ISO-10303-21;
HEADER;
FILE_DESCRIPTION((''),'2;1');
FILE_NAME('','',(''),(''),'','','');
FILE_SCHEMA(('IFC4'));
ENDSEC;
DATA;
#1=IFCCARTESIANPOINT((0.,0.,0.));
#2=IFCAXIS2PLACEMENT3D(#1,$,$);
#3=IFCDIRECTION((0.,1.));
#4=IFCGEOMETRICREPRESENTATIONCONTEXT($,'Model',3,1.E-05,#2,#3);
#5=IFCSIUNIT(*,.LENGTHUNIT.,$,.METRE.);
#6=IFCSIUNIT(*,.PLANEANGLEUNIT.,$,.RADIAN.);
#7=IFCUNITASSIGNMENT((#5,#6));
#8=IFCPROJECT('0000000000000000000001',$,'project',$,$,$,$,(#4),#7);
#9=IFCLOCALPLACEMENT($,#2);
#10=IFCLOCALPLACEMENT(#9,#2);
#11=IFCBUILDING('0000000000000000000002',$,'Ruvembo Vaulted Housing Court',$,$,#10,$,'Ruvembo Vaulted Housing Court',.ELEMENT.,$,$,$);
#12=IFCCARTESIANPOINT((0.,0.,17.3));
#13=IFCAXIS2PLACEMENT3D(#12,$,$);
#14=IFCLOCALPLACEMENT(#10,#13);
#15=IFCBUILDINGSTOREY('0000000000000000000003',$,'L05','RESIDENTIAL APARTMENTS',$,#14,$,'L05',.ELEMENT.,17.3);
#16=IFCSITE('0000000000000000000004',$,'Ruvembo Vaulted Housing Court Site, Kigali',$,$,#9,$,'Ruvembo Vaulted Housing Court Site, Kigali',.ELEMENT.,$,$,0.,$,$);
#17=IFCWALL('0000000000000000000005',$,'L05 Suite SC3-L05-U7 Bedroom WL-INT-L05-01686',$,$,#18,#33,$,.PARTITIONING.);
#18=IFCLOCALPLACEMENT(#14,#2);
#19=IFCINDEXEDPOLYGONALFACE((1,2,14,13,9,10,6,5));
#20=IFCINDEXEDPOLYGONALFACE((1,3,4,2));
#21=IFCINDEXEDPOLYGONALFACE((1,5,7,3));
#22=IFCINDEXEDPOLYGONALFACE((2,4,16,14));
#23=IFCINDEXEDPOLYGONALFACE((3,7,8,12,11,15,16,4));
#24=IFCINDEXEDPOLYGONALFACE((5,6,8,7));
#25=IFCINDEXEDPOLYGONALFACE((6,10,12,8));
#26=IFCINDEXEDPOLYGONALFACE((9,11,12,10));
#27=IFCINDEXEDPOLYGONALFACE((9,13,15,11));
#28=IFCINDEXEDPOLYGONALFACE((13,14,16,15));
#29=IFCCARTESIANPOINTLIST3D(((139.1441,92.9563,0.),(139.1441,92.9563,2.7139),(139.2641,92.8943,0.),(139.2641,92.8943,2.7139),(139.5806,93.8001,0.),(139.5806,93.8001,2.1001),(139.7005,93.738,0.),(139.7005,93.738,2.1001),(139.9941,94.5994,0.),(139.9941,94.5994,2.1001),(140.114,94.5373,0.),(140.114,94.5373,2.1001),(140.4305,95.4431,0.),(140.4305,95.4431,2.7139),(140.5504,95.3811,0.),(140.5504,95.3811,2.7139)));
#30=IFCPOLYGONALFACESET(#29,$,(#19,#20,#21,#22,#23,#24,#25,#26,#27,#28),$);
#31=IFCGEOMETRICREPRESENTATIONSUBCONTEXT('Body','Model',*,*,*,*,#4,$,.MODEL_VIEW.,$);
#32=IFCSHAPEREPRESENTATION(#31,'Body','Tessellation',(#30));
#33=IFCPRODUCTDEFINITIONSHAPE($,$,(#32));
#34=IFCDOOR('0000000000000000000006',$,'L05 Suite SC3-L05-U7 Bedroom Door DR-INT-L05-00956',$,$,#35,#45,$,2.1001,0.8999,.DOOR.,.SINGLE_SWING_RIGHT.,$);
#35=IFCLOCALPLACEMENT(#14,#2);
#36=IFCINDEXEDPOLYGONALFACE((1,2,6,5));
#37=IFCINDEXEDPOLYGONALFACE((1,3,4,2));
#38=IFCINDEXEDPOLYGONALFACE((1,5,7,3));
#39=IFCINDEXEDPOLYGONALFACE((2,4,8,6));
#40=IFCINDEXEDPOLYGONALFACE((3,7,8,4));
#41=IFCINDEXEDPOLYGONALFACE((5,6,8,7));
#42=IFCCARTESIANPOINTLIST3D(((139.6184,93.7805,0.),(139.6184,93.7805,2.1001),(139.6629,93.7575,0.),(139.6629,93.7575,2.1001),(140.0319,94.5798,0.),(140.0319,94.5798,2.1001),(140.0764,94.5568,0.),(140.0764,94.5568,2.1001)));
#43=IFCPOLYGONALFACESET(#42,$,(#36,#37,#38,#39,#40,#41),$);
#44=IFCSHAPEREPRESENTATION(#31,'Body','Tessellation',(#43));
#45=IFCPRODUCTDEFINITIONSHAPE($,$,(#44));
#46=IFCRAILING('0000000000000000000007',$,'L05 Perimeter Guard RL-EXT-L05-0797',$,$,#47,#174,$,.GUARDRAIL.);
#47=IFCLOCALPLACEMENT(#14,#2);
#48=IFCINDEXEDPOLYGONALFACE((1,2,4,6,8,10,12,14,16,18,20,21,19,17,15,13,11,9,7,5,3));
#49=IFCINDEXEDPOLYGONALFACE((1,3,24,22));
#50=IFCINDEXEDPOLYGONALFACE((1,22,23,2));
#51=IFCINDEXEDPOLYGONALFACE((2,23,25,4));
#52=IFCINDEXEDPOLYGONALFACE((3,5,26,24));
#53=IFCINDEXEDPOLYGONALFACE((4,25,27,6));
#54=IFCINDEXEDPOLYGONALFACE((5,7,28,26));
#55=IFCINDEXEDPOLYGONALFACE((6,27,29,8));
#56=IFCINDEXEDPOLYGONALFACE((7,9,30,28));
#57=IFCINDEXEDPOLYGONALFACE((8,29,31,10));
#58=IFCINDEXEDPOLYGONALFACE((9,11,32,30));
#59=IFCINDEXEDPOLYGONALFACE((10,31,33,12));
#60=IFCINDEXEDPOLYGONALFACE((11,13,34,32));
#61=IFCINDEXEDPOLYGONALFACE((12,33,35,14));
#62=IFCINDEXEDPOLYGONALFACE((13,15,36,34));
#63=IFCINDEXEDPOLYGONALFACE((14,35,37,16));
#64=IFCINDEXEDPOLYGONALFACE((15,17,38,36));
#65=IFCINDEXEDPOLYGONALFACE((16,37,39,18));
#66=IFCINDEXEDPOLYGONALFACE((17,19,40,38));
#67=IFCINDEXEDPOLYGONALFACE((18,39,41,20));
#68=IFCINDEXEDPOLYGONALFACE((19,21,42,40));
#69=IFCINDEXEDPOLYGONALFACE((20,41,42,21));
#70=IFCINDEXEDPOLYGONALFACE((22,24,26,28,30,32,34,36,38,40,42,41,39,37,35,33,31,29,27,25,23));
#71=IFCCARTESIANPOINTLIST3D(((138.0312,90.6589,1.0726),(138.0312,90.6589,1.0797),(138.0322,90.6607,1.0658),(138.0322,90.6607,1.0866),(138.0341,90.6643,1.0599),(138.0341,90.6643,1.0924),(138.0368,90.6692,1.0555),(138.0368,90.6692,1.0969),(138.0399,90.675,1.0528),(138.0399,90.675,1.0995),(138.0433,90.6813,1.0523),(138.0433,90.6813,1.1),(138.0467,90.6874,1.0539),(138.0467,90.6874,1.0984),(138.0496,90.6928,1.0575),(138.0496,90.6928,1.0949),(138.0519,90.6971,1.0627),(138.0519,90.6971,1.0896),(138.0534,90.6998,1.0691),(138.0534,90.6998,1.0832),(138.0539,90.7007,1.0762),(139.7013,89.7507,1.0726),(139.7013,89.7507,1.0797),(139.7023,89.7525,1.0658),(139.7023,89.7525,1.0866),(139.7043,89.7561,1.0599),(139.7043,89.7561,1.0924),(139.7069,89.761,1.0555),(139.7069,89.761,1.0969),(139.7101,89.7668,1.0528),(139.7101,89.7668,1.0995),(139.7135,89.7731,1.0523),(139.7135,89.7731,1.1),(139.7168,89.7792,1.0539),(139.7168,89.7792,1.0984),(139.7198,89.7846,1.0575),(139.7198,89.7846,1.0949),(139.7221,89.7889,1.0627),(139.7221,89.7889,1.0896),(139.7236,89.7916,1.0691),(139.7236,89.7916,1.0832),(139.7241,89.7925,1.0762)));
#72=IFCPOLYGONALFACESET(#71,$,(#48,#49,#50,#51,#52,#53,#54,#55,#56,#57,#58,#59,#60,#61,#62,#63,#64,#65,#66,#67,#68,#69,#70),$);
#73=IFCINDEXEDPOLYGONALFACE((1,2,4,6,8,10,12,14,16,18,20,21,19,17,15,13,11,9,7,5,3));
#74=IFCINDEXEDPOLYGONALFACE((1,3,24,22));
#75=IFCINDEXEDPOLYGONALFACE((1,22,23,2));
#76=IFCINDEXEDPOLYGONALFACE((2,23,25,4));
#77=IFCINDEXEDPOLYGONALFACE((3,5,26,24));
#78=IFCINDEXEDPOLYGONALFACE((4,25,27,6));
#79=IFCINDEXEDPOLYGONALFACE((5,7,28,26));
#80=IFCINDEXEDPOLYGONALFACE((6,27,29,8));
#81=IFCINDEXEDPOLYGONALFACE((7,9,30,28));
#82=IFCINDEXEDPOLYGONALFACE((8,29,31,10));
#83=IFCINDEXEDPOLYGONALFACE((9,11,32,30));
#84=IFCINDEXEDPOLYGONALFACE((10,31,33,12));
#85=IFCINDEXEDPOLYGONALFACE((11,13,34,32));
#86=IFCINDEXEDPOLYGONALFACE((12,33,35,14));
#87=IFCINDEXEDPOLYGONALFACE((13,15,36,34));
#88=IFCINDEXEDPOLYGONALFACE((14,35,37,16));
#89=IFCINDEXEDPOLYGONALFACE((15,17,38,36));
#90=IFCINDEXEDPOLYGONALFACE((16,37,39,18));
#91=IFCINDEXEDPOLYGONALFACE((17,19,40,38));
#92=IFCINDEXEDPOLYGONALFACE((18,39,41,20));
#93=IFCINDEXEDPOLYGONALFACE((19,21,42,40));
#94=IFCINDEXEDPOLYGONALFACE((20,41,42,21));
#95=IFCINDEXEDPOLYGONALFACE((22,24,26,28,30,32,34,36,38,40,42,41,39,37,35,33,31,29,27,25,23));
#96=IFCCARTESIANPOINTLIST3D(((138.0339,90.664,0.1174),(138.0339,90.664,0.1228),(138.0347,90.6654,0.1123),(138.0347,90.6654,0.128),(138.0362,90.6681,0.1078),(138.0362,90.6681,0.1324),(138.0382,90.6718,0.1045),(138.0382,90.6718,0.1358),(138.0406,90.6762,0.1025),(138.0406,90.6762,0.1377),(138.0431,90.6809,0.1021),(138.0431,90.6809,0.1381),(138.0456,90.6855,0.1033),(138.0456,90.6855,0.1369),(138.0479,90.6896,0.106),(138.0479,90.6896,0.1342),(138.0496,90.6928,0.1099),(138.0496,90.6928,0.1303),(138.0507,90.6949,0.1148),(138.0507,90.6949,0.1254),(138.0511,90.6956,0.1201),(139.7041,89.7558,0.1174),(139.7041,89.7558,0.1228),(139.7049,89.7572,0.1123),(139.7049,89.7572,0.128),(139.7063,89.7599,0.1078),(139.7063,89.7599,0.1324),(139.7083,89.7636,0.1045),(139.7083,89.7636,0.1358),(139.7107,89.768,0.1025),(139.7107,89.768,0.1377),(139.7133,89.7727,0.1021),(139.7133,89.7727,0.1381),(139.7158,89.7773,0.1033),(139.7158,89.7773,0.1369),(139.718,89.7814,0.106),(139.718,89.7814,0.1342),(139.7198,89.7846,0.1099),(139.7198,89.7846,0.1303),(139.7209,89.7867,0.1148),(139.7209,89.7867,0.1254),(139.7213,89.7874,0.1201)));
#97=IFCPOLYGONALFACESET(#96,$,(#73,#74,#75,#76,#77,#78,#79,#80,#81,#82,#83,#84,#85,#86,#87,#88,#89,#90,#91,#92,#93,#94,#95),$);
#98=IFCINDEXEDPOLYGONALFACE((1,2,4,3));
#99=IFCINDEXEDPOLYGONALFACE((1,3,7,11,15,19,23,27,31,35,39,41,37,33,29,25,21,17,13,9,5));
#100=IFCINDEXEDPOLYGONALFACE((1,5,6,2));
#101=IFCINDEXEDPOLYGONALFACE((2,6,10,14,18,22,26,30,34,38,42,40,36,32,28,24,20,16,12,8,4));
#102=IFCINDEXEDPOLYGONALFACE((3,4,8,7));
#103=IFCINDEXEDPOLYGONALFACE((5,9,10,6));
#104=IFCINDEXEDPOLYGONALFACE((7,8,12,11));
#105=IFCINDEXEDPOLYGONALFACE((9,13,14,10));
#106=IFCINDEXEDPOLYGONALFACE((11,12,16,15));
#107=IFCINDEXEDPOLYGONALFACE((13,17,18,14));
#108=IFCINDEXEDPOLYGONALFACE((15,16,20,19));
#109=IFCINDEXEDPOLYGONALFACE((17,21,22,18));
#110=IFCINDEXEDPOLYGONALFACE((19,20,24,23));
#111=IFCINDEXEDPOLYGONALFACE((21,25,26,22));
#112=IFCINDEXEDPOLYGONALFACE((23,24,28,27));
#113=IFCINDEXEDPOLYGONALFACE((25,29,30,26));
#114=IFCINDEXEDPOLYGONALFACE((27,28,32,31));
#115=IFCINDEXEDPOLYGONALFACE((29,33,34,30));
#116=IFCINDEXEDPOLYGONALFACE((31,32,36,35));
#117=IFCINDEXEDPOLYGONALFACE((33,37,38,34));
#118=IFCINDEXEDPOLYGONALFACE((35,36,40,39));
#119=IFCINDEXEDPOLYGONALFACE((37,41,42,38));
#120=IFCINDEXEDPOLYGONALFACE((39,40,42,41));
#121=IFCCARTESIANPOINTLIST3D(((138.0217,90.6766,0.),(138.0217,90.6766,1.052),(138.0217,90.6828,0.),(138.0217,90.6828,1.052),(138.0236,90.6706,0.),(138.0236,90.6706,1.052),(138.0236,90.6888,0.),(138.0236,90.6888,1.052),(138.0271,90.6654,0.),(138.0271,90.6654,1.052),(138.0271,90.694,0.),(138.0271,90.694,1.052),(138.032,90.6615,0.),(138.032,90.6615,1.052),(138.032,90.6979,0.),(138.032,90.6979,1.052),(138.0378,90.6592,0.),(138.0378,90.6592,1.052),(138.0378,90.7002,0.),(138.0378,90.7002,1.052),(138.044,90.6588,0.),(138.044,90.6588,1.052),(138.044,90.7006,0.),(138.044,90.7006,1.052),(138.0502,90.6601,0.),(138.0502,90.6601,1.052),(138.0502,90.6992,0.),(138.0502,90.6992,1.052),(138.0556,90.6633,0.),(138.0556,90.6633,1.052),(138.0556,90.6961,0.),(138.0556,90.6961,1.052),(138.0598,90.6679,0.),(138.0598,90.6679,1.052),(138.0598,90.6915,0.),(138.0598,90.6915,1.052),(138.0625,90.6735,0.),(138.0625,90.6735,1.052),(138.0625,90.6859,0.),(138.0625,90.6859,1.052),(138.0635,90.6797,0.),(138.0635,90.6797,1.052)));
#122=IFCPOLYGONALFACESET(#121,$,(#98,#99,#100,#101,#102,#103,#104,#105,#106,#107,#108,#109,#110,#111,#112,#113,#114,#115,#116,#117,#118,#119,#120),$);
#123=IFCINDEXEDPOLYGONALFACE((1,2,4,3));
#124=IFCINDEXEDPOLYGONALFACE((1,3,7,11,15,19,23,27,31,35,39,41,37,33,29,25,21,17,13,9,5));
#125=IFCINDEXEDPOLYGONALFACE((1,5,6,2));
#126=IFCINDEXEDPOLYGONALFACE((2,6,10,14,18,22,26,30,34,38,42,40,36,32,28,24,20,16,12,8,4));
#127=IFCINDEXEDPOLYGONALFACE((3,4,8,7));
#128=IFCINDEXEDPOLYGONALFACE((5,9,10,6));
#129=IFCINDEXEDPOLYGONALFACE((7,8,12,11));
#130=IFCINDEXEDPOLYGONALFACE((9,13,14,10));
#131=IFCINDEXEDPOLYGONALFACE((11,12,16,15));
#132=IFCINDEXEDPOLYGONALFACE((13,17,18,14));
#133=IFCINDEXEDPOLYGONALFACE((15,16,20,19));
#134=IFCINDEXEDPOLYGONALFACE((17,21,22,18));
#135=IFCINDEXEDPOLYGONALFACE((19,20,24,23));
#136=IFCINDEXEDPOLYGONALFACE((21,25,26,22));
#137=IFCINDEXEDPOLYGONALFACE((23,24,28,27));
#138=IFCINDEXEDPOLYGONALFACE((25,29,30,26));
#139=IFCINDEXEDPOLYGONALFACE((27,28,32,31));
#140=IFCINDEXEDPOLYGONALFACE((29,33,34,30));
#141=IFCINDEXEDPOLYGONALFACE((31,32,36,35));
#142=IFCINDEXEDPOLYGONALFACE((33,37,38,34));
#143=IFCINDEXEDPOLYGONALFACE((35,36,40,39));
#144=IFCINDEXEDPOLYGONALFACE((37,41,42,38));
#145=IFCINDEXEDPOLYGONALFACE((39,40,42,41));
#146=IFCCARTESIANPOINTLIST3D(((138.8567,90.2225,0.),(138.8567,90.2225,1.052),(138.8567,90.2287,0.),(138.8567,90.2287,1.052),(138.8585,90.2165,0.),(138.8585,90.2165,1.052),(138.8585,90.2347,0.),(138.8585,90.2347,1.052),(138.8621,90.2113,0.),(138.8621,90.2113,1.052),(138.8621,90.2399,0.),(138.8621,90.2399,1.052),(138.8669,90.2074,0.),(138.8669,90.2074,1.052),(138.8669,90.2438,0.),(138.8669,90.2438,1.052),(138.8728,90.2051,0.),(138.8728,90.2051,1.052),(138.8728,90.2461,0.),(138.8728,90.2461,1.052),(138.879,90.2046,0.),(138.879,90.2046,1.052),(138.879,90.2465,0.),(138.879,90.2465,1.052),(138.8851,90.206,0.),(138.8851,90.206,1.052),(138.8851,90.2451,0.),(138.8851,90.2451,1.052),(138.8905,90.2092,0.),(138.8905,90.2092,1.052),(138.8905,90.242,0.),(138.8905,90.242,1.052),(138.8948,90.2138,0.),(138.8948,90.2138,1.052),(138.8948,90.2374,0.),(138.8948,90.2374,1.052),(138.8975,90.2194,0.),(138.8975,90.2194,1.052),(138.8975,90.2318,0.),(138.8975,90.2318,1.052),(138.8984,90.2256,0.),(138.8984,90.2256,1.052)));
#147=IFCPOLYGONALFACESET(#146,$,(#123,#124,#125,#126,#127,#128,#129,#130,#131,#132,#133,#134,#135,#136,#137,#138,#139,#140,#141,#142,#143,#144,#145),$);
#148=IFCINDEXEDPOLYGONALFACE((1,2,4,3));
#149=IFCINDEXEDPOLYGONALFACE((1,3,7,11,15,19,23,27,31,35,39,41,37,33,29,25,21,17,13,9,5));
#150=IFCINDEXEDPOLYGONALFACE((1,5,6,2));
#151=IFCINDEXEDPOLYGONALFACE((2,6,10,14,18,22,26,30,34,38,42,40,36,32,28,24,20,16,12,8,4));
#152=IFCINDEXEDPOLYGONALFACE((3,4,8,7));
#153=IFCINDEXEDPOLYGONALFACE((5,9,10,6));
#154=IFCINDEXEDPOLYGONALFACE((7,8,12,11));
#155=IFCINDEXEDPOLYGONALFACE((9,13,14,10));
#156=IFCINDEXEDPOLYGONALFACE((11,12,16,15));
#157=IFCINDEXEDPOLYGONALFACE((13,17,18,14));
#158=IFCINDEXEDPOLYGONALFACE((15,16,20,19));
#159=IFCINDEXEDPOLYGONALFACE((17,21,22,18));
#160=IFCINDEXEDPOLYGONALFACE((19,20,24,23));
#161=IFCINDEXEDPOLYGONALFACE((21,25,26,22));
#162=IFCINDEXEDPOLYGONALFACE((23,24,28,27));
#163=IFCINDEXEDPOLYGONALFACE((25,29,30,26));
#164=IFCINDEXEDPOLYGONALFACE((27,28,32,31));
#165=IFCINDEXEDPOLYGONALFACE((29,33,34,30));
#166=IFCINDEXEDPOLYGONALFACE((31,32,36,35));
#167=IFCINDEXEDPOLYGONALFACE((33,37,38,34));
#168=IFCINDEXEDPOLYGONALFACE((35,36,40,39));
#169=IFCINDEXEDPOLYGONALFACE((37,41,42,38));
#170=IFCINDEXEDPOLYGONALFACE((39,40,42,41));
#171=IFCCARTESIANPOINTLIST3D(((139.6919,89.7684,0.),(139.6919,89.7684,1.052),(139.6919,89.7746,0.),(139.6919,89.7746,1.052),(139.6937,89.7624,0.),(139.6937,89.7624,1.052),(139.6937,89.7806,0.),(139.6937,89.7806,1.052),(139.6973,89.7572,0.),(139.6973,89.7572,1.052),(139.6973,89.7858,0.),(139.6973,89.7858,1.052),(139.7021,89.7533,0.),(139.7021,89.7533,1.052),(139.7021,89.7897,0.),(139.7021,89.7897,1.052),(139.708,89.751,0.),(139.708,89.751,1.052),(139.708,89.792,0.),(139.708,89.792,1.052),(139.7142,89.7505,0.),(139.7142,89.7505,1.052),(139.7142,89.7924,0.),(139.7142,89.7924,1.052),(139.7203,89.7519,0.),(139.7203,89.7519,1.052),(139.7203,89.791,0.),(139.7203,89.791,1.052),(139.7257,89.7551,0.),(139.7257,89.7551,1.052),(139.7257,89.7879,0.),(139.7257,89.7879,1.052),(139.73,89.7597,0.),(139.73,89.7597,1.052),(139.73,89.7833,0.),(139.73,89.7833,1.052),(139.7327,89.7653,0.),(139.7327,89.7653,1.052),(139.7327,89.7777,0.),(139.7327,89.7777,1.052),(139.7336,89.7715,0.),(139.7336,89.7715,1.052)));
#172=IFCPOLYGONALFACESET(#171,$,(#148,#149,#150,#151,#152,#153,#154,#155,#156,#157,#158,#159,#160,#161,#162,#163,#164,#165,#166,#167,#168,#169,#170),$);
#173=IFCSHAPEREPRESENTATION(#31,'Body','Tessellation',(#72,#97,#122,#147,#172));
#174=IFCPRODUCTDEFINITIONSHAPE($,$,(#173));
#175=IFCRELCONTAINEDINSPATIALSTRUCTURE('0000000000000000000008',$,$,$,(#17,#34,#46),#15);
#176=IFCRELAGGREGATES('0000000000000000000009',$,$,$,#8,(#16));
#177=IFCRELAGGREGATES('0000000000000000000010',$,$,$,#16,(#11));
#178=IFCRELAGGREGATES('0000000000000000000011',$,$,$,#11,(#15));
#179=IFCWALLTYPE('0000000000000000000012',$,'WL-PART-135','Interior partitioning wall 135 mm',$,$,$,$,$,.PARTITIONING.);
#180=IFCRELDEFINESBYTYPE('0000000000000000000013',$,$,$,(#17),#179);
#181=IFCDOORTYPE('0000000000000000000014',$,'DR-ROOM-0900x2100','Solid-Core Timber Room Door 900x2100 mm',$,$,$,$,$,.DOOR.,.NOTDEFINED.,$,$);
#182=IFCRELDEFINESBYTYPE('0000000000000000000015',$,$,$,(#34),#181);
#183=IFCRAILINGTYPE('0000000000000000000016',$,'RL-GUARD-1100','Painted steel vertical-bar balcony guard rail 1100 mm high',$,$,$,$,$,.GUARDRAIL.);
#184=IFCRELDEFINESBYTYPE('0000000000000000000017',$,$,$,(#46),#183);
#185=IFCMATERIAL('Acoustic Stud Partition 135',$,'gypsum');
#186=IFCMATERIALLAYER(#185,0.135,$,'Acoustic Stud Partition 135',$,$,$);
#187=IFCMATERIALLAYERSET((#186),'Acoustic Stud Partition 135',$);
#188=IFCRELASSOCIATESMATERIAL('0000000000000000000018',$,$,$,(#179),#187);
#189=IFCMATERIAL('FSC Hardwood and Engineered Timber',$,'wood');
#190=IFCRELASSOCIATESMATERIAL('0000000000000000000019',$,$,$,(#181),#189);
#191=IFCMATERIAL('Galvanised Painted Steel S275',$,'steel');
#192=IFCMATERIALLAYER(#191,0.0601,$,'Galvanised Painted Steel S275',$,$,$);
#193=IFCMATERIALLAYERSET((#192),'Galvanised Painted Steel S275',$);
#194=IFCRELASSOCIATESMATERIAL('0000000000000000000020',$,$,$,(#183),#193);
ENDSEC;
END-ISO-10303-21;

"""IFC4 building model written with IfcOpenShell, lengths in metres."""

from ifc_helpers import new_model, si_unit, direction, frame, frame_2d, origin, origin_2d, place, context, subcontext, project, spatial, rectangle, circle, extrude, material, layer, layer_set, type_object, element, fill, save


model = new_model("IFC4")

# Units and contexts
model_context = context("Model", 3, precision=1e-05, world=origin(), true_north=direction((0.0, 1.0)))
body_context = subcontext(model_context, "Body", "Model", "MODEL_VIEW")
ifc_project = project(units=[si_unit("LENGTHUNIT", "METRE"), si_unit("PLANEANGLEUNIT", "RADIAN")], contexts=[model_context])

# Site, building, storey
site_placement = place(None, origin())
site = spatial("IfcSite", under=ifc_project, at=site_placement, Name="Ruvembo Vaulted Housing Court Site, Kigali", LongName="Ruvembo Vaulted Housing Court Site, Kigali", CompositionType="ELEMENT", RefElevation=0.0)
building_placement = place(site_placement, origin())
building = spatial("IfcBuilding", under=site, at=building_placement, Name="Ruvembo Vaulted Housing Court", LongName="Ruvembo Vaulted Housing Court", CompositionType="ELEMENT")
storey_placement = place(building_placement, frame((0.0, 0.0, 17.3)))
storey = spatial("IfcBuildingStorey", under=building, at=storey_placement, Name="L05", Description="RESIDENTIAL APARTMENTS", LongName="L05", CompositionType="ELEMENT", Elevation=17.3)

# Wall, opening, door
ifc_material_1 = material(Name="Acoustic Stud Partition 135", Category="gypsum")
ifc_layer_1 = layer(ifc_material_1, 0.135, Name="Acoustic Stud Partition 135")
ifc_layer_set_1 = layer_set([ifc_layer_1], Name="Acoustic Stud Partition 135")
wall_type_1 = type_object("IfcWallType", Name="WL-PART-135", Description="Interior partitioning wall 135 mm", PredefinedType="PARTITIONING", material=ifc_layer_set_1)
wall_1_placement = place(storey_placement, frame((139.2041, 92.9253, 0.0), z_axis=(0.0, 0.0, 1.0), x_axis=(0.459449, 0.888204, 0.0)))
wall_1 = element("IfcWall", 1, at=wall_1_placement, inside=storey, type_object=wall_type_1, Name="L05 Suite SC3-L05-U7 Bedroom WL-INT-L05-01686", PredefinedType="PARTITIONING", context=body_context, shape_type="SweptSolid", body=[
    extrude(rectangle(XDim=2.7998, YDim=0.135, at=frame_2d((1.3999, 0.0))), origin(), (0.0, 0.0, 1.0), 2.7139),
])
opening_1_placement = place(wall_1_placement, frame((0.95, 0.0, 0.0)))
opening_1 = element("IfcOpeningElement", 2, at=opening_1_placement, cuts=wall_1, PredefinedType="OPENING", context=body_context, shape_type="SweptSolid", body=[
    extrude(rectangle(XDim=0.8999, YDim=2.1001, at=frame_2d((0.45, 1.05))), frame((0.0, 0.0774, 0.0), z_axis=(0.0, -1.0, 0.0), x_axis=(1.0, 0.0, 0.0)), (0.0, 0.0, 1.0), 0.155),
])
ifc_material_2 = material(Name="FSC Hardwood and Engineered Timber", Category="wood")
door_type_1 = type_object("IfcDoorType", Name="DR-ROOM-0900x2100", Description="Solid-Core Timber Room Door 900x2100 mm", OperationType="NOTDEFINED", PredefinedType="DOOR", material=ifc_material_2)
door_1_placement = place(opening_1_placement, origin())
door_1 = element("IfcDoor", 3, at=door_1_placement, inside=storey, type_object=door_type_1, Name="L05 Suite SC3-L05-U7 Bedroom Door DR-INT-L05-00956", OperationType="SINGLE_SWING_RIGHT", OverallHeight=2.1001, OverallWidth=0.8999, PredefinedType="DOOR", context=body_context, shape_type="SweptSolid", body=[
    extrude(rectangle(XDim=0.8999, YDim=2.1001, at=frame_2d((0.45, 1.05))), frame((0.0, 0.0249, 0.0), z_axis=(0.0, -1.0, 0.0), x_axis=(1.0, 0.0, 0.0)), (0.0, 0.0, 1.0), 0.05),
])
fill(opening_1, door_1)

# Railing
ifc_material_3 = material(Name="Galvanised Painted Steel S275", Category="steel")
ifc_layer_2 = layer(ifc_material_3, 0.0601, Name="Galvanised Painted Steel S275")
ifc_layer_set_2 = layer_set([ifc_layer_2], Name="Galvanised Painted Steel S275")
railing_type = type_object("IfcRailingType", Name="RL-GUARD-1100", Description="Painted steel vertical-bar balcony guard rail 1100 mm high", PredefinedType="GUARDRAIL", material=ifc_layer_set_2)
railing_1_placement = place(storey_placement, frame((138.0425, 90.6797, 0.0)))
element("IfcRailing", 4, at=railing_1_placement, inside=storey, type_object=railing_type, Name="L05 Perimeter Guard RL-EXT-L05-0797", PredefinedType="GUARDRAIL", context=body_context, shape_type="SweptSolid", body=[
    extrude(circle(Radius=0.0239, at=origin_2d()), frame((0.0, 0.0, 1.0762), z_axis=(0.878513, -0.477718, 0.0), x_axis=(0.477718, 0.878513, 0.0)), (0.0, 0.0, 1.0), 1.9011),
    extrude(circle(Radius=0.0181, at=origin_2d()), frame((0.0, 0.0, 0.1201), z_axis=(0.878513, -0.477718, 0.0), x_axis=(0.477718, 0.878513, 0.0)), (0.0, 0.0, 1.0), 1.9011),
    extrude(circle(Radius=0.021, at=origin_2d()), origin(), (0.0, 0.0, 1.0), 1.052),
    extrude(circle(Radius=0.021, at=origin_2d()), frame((0.835, -0.4541, 0.0)), (0.0, 0.0, 1.0), 1.052),
    extrude(circle(Radius=0.021, at=origin_2d()), frame((1.6702, -0.9082, 0.0)), (0.0, 0.0, 1.0), 1.052),
])

save(model, "model.ifc")
